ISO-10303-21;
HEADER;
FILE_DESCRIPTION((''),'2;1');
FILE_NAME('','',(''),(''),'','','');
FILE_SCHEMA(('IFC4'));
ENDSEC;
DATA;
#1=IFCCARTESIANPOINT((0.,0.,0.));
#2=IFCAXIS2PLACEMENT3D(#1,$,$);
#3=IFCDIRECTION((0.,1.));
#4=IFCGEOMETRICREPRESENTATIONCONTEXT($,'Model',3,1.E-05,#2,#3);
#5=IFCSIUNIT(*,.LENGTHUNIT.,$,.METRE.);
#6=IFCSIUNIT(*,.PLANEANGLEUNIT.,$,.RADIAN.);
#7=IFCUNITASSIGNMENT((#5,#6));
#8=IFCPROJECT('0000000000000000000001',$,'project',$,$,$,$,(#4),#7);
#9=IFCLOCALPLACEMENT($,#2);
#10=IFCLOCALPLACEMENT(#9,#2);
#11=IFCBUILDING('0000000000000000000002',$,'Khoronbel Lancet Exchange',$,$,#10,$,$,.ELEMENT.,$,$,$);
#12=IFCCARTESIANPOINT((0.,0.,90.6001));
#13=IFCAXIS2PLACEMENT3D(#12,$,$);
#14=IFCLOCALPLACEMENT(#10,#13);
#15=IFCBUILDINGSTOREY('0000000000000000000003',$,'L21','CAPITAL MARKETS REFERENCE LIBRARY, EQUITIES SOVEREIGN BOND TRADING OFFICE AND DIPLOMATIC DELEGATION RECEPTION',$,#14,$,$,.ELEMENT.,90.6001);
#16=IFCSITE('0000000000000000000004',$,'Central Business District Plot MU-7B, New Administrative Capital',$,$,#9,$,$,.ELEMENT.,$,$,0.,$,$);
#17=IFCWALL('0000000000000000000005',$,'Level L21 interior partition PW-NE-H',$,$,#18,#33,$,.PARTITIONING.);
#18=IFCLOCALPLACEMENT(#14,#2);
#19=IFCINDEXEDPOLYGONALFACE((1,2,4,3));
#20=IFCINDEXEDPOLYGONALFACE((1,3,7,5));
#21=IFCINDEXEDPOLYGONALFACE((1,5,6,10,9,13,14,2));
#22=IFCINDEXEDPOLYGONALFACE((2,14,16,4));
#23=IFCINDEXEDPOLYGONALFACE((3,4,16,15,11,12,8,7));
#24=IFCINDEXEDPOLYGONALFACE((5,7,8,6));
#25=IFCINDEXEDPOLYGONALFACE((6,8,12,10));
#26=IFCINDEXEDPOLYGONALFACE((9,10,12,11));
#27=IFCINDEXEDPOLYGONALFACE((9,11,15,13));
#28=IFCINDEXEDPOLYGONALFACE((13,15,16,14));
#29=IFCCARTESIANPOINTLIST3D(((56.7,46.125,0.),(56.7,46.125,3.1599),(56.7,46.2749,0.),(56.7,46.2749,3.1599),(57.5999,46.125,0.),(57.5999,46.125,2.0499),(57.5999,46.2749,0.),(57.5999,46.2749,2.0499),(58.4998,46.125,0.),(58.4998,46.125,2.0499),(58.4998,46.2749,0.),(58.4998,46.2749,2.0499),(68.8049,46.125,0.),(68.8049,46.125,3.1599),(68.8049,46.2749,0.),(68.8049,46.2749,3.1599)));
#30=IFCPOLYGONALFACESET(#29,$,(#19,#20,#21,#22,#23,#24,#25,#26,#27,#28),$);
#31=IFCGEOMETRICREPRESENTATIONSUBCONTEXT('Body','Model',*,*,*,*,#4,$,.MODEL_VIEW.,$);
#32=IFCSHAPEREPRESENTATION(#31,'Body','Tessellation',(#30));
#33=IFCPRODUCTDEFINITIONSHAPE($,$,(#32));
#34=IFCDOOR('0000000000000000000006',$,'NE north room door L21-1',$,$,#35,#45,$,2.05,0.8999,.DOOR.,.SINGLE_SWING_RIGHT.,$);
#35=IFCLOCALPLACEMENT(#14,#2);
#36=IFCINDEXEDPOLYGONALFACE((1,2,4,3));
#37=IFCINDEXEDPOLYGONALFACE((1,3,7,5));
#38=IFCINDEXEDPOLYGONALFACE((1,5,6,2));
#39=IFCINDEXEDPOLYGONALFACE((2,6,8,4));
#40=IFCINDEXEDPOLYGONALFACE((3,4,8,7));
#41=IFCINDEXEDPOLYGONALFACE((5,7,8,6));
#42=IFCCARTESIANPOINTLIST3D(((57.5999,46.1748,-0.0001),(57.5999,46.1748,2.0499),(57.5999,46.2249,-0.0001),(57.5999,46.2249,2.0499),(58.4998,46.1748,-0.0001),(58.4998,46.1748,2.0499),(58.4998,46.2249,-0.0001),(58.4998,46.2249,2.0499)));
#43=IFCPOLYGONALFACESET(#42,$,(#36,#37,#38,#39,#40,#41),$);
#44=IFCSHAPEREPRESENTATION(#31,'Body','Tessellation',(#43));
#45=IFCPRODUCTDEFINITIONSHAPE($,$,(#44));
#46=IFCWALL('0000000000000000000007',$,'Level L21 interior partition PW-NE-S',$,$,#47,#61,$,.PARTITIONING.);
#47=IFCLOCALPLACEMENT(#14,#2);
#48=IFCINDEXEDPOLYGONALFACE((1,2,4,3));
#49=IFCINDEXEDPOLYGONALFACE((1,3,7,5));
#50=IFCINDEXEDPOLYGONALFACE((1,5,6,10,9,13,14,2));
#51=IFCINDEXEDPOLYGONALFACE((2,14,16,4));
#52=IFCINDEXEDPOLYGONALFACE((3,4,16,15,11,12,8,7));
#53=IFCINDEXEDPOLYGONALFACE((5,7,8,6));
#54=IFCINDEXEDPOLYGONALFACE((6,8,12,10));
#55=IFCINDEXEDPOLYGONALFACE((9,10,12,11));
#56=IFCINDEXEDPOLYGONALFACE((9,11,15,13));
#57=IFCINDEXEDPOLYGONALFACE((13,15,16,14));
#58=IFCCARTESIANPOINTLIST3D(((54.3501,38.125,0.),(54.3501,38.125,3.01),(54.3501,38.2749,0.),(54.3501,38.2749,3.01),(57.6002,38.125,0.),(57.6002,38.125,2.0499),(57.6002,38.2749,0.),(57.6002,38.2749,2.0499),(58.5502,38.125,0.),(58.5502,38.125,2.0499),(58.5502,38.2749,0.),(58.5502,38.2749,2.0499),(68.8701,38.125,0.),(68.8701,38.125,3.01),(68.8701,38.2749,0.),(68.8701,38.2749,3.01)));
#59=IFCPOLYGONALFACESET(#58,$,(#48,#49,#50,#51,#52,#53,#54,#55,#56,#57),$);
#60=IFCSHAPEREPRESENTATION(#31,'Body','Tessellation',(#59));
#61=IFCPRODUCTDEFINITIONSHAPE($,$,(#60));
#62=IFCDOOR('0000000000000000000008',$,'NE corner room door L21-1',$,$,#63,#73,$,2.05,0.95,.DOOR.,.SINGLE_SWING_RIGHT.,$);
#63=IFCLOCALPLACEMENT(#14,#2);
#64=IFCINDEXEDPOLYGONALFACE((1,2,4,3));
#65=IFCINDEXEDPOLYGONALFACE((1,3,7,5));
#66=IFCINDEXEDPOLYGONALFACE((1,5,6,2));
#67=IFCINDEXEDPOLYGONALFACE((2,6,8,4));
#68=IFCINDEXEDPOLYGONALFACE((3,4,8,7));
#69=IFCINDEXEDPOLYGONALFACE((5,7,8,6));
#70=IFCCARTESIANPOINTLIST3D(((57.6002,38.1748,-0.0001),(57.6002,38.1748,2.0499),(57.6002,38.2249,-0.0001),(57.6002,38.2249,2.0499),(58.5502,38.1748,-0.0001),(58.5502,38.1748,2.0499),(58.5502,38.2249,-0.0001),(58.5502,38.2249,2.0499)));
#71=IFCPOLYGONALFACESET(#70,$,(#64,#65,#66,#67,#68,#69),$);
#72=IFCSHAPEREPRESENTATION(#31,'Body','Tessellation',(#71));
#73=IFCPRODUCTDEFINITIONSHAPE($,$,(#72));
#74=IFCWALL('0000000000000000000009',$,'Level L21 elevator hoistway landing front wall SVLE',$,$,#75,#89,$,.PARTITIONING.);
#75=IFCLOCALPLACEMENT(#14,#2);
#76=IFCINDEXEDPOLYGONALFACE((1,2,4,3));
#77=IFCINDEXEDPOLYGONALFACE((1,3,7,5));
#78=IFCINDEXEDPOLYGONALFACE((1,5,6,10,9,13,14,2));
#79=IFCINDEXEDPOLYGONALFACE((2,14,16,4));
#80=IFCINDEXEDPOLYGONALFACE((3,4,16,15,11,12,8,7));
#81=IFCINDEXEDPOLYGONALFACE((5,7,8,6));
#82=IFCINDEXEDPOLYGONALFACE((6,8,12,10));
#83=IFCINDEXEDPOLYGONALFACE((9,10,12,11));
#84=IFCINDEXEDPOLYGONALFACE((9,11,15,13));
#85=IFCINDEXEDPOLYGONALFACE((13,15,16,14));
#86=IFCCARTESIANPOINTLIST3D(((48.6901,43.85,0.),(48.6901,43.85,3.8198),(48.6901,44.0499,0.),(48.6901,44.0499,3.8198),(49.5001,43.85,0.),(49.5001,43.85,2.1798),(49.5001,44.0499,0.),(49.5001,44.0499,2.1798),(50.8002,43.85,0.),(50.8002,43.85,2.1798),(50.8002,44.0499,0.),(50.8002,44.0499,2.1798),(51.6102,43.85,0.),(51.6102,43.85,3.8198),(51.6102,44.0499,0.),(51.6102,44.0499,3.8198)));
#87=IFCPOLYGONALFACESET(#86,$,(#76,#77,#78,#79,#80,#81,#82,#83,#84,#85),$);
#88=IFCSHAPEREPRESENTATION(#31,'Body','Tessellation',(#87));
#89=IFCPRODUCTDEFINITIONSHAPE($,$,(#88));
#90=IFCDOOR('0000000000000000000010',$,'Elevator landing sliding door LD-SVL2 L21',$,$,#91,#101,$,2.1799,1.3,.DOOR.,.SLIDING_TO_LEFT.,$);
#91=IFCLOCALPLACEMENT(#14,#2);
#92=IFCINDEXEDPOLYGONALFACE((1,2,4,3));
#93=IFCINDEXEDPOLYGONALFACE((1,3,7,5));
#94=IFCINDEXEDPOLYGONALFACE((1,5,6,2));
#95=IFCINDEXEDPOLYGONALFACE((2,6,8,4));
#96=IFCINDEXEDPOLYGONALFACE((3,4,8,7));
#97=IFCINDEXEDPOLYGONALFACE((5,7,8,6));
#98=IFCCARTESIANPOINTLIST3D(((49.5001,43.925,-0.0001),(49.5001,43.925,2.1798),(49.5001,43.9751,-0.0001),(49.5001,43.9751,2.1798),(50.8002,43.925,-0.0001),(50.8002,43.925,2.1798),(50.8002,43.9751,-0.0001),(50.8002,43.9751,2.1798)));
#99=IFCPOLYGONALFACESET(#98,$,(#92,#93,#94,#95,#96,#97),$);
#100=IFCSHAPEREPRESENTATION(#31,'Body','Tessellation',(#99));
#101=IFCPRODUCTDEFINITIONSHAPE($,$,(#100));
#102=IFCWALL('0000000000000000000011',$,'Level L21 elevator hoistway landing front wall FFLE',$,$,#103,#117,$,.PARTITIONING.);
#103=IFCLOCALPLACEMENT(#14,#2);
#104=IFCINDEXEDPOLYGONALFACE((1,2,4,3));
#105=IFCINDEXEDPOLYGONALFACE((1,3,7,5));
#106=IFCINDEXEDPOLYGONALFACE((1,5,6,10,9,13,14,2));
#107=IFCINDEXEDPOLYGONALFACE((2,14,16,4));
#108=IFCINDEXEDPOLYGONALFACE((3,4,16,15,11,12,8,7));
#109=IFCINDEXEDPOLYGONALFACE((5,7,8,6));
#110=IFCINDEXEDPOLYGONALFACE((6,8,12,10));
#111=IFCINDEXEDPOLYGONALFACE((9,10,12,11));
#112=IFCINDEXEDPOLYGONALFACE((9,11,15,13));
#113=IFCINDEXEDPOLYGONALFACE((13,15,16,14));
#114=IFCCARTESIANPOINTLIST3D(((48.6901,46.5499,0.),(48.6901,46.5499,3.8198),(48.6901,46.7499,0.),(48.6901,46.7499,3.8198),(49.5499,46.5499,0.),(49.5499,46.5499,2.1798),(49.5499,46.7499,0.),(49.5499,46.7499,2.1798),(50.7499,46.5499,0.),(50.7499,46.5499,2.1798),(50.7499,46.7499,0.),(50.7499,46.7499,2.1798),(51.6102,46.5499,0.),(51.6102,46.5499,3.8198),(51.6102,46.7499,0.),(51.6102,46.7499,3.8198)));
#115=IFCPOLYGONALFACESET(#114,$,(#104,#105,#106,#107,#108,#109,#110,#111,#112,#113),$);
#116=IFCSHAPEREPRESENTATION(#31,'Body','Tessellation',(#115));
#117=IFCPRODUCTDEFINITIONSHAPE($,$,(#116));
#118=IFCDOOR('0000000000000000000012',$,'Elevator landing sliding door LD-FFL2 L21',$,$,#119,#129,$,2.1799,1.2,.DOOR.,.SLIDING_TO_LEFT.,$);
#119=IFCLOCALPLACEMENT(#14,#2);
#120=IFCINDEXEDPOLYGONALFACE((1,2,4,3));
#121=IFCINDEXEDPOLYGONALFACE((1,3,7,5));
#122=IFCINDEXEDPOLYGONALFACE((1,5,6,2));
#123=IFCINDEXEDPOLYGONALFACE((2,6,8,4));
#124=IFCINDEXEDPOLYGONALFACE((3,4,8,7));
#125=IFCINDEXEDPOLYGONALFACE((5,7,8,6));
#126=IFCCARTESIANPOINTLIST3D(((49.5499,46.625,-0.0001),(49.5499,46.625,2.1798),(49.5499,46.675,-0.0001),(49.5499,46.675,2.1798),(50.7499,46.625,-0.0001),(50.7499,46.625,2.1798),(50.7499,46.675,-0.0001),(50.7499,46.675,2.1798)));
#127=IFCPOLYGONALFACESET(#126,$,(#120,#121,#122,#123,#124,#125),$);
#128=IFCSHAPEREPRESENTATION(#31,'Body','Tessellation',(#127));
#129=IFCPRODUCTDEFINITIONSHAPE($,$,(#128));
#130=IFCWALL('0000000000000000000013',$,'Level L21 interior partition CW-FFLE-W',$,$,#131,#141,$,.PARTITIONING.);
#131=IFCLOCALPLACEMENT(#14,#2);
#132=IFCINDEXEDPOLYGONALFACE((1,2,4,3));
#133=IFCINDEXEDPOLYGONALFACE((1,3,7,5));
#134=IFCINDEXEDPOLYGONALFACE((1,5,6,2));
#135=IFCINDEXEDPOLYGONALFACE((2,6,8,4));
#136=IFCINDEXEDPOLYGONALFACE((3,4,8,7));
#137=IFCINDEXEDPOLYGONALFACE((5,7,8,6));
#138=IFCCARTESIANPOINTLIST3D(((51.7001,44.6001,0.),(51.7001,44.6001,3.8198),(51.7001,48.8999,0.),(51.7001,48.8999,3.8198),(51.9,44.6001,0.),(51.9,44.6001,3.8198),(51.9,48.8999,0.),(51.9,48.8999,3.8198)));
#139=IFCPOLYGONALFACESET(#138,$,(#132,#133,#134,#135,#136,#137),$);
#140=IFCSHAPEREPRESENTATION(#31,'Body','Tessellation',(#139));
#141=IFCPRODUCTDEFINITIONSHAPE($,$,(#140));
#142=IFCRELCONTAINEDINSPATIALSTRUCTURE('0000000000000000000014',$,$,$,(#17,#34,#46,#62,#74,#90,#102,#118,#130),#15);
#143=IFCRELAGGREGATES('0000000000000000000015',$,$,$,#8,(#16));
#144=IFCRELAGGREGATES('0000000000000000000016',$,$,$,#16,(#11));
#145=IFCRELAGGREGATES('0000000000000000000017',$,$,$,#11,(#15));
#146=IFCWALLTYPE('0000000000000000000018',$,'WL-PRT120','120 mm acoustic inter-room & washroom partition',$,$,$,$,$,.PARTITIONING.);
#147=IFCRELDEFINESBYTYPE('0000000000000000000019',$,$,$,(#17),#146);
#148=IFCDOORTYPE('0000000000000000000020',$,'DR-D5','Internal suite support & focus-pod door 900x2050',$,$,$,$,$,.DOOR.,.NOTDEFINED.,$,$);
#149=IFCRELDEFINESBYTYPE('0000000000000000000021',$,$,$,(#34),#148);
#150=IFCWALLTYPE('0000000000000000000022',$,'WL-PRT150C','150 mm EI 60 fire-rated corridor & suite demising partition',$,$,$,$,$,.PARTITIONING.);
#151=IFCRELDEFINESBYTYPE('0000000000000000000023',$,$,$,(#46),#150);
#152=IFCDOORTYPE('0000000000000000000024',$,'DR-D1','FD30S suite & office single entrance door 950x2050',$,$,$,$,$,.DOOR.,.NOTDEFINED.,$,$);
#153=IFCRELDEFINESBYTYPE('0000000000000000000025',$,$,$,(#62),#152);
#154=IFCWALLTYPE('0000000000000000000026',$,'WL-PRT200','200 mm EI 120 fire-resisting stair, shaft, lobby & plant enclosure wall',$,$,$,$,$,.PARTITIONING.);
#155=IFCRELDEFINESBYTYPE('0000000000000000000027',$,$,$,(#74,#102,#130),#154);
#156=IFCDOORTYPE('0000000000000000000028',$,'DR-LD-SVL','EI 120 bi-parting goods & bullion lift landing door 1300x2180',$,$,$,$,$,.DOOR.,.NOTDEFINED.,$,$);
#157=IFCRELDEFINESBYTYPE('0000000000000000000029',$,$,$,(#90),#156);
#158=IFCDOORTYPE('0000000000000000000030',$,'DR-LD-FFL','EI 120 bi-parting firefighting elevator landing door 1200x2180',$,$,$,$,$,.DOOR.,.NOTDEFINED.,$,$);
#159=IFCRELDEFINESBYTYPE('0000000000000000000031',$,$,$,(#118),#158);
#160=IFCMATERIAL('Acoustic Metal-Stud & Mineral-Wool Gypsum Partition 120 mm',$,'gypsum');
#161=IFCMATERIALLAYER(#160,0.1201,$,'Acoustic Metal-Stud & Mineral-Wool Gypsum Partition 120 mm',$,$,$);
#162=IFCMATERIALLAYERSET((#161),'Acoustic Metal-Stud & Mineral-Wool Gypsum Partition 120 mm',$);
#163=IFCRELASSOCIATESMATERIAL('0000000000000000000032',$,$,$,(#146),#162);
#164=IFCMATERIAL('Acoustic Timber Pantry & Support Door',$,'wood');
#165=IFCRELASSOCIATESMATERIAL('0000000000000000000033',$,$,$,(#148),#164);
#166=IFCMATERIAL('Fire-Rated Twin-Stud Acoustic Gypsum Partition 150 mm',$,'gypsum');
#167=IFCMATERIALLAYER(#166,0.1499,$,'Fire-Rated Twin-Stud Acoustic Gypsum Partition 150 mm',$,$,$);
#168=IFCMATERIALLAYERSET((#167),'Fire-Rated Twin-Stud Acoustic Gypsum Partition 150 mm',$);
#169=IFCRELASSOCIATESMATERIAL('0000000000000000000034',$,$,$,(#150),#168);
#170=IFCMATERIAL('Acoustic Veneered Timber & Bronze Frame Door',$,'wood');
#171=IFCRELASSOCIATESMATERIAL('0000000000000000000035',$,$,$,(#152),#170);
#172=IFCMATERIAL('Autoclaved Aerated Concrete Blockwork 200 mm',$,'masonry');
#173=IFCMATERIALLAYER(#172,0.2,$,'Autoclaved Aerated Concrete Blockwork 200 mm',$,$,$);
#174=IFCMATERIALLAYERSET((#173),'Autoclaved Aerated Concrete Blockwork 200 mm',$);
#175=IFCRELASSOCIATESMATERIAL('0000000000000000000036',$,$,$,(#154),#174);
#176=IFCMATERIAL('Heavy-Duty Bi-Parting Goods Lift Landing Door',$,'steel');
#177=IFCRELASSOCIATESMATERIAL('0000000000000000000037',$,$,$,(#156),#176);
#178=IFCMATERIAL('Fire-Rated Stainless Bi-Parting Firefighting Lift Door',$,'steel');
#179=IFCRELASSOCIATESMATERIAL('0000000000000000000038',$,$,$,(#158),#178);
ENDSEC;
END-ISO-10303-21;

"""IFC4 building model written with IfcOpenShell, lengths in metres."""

from ifc_helpers import new_model, si_unit, direction, frame, frame_2d, origin, place, context, subcontext, project, spatial, rectangle, extrude, material, layer, layer_set, type_object, element, fill, save


model = new_model("IFC4")

# Units and contexts
model_context = context("Model", 3, precision=1e-05, world=origin(), true_north=direction((0.0, 1.0)))
body_context = subcontext(model_context, "Body", "Model", "MODEL_VIEW")
ifc_project = project(units=[si_unit("LENGTHUNIT", "METRE"), si_unit("PLANEANGLEUNIT", "RADIAN")], contexts=[model_context])

# Site, building, storey
site_placement = place(None, origin())
site = spatial("IfcSite", under=ifc_project, at=site_placement, Name="Central Business District Plot MU-7B, New Administrative Capital", CompositionType="ELEMENT", RefElevation=0.0)
building_placement = place(site_placement, origin())
building = spatial("IfcBuilding", under=site, at=building_placement, Name="Khoronbel Lancet Exchange", CompositionType="ELEMENT")
storey_placement = place(building_placement, frame((0.0, 0.0, 90.6001)))
storey = spatial("IfcBuildingStorey", under=building, at=storey_placement, Name="L21", Description="CAPITAL MARKETS REFERENCE LIBRARY, EQUITIES SOVEREIGN BOND TRADING OFFICE AND DIPLOMATIC DELEGATION RECEPTION", CompositionType="ELEMENT", Elevation=90.6001)

# Shared definitions
ifc_material_1 = material(Name="Acoustic Metal-Stud & Mineral-Wool Gypsum Partition 120 mm", Category="gypsum")
ifc_layer_1 = layer(ifc_material_1, 0.1201, Name="Acoustic Metal-Stud & Mineral-Wool Gypsum Partition 120 mm")
ifc_layer_set_1 = layer_set([ifc_layer_1], Name="Acoustic Metal-Stud & Mineral-Wool Gypsum Partition 120 mm")
wall_type_1 = type_object("IfcWallType", Name="WL-PRT120", Description="120 mm acoustic inter-room & washroom partition", PredefinedType="PARTITIONING", material=ifc_layer_set_1)

# Walls, openings, doors
wall_1_placement = place(storey_placement, frame((56.7, 46.2, 0.0), z_axis=(0.0, 0.0, 1.0), x_axis=(1.0, 0.0, 0.0)))
wall_1 = element("IfcWall", 1, at=wall_1_placement, inside=storey, type_object=wall_type_1, Name="Level L21 interior partition PW-NE-H", PredefinedType="PARTITIONING", context=body_context, shape_type="SweptSolid", body=[
    extrude(rectangle(XDim=12.105, YDim=0.1499, at=frame_2d((6.0525, 0.0))), origin(), (0.0, 0.0, 1.0), 3.1599),
])
opening_1_placement = place(wall_1_placement, frame((0.8999, 0.0, 0.0)))
opening_1 = element("IfcOpeningElement", 2, at=opening_1_placement, cuts=wall_1, PredefinedType="OPENING", context=body_context, shape_type="SweptSolid", body=[
    extrude(rectangle(XDim=0.8999, YDim=2.05, at=frame_2d((0.45, 1.0249))), frame((0.0, 0.085, 0.0), z_axis=(0.0, -1.0, 0.0), x_axis=(1.0, 0.0, 0.0)), (0.0, 0.0, 1.0), 0.1699),
])
ifc_material_2 = material(Name="Acoustic Timber Pantry & Support Door", Category="wood")
door_type_1 = type_object("IfcDoorType", Name="DR-D5", Description="Internal suite support & focus-pod door 900x2050", OperationType="NOTDEFINED", PredefinedType="DOOR", material=ifc_material_2)
door_1_placement = place(opening_1_placement, origin())
door_1 = element("IfcDoor", 3, at=door_1_placement, inside=storey, type_object=door_type_1, Name="NE north room door L21-1", OperationType="SINGLE_SWING_RIGHT", OverallHeight=2.05, OverallWidth=0.8999, PredefinedType="DOOR", context=body_context, shape_type="SweptSolid", body=[
    extrude(rectangle(XDim=0.8999, YDim=2.05, at=frame_2d((0.45, 1.0249))), frame((0.0, 0.0249, 0.0), z_axis=(0.0, -1.0, 0.0), x_axis=(1.0, 0.0, 0.0)), (0.0, 0.0, 1.0), 0.05),
])
fill(opening_1, door_1)
ifc_material_3 = material(Name="Fire-Rated Twin-Stud Acoustic Gypsum Partition 150 mm", Category="gypsum")
ifc_layer_2 = layer(ifc_material_3, 0.1499, Name="Fire-Rated Twin-Stud Acoustic Gypsum Partition 150 mm")
ifc_layer_set_2 = layer_set([ifc_layer_2], Name="Fire-Rated Twin-Stud Acoustic Gypsum Partition 150 mm")
wall_type_2 = type_object("IfcWallType", Name="WL-PRT150C", Description="150 mm EI 60 fire-rated corridor & suite demising partition", PredefinedType="PARTITIONING", material=ifc_layer_set_2)
wall_2_placement = place(storey_placement, frame((54.3501, 38.2, 0.0), z_axis=(0.0, 0.0, 1.0), x_axis=(1.0, 0.0, 0.0)))
wall_2 = element("IfcWall", 4, at=wall_2_placement, inside=storey, type_object=wall_type_2, Name="Level L21 interior partition PW-NE-S", PredefinedType="PARTITIONING", context=body_context, shape_type="SweptSolid", body=[
    extrude(rectangle(XDim=14.52, YDim=0.1499, at=frame_2d((7.26, 0.0))), origin(), (0.0, 0.0, 1.0), 3.01),
])
opening_2_placement = place(wall_2_placement, frame((3.25, 0.0, 0.0)))
opening_2 = element("IfcOpeningElement", 5, at=opening_2_placement, cuts=wall_2, PredefinedType="OPENING", context=body_context, shape_type="SweptSolid", body=[
    extrude(rectangle(XDim=0.95, YDim=2.05, at=frame_2d((0.4751, 1.0249))), frame((0.0, 0.085, 0.0), z_axis=(0.0, -1.0, 0.0), x_axis=(1.0, 0.0, 0.0)), (0.0, 0.0, 1.0), 0.1699),
])
ifc_material_4 = material(Name="Acoustic Veneered Timber & Bronze Frame Door", Category="wood")
door_type_2 = type_object("IfcDoorType", Name="DR-D1", Description="FD30S suite & office single entrance door 950x2050", OperationType="NOTDEFINED", PredefinedType="DOOR", material=ifc_material_4)
door_2_placement = place(opening_2_placement, origin())
door_2 = element("IfcDoor", 6, at=door_2_placement, inside=storey, type_object=door_type_2, Name="NE corner room door L21-1", OperationType="SINGLE_SWING_RIGHT", OverallHeight=2.05, OverallWidth=0.95, PredefinedType="DOOR", context=body_context, shape_type="SweptSolid", body=[
    extrude(rectangle(XDim=0.95, YDim=2.05, at=frame_2d((0.4751, 1.0249))), frame((0.0, 0.0249, 0.0), z_axis=(0.0, -1.0, 0.0), x_axis=(1.0, 0.0, 0.0)), (0.0, 0.0, 1.0), 0.05),
])
fill(opening_2, door_2)
ifc_material_5 = material(Name="Autoclaved Aerated Concrete Blockwork 200 mm", Category="masonry")
ifc_layer_3 = layer(ifc_material_5, 0.2, Name="Autoclaved Aerated Concrete Blockwork 200 mm")
ifc_layer_set_3 = layer_set([ifc_layer_3], Name="Autoclaved Aerated Concrete Blockwork 200 mm")
wall_type_3 = type_object("IfcWallType", Name="WL-PRT200", Description="200 mm EI 120 fire-resisting stair, shaft, lobby & plant enclosure wall", PredefinedType="PARTITIONING", material=ifc_layer_set_3)
wall_3_placement = place(storey_placement, frame((51.6101, 43.95, 0.0), z_axis=(0.0, 0.0, 1.0), x_axis=(-1.0, 0.0, 0.0)))
wall_3 = element("IfcWall", 7, at=wall_3_placement, inside=storey, type_object=wall_type_3, Name="Level L21 elevator hoistway landing front wall SVLE", PredefinedType="PARTITIONING", context=body_context, shape_type="SweptSolid", body=[
    extrude(rectangle(XDim=2.9202, YDim=0.2, at=frame_2d((1.46, 0.0))), origin(), (0.0, 0.0, 1.0), 3.8198),
])
opening_3_placement = place(wall_3_placement, frame((0.8101, 0.0, 0.0)))
opening_3 = element("IfcOpeningElement", 8, at=opening_3_placement, cuts=wall_3, PredefinedType="OPENING", context=body_context, shape_type="SweptSolid", body=[
    extrude(rectangle(XDim=1.3, YDim=2.1799, at=frame_2d((0.6499, 1.0898))), frame((0.0, 0.1099, 0.0), z_axis=(0.0, -1.0, 0.0), x_axis=(1.0, 0.0, 0.0)), (0.0, 0.0, 1.0), 0.22),
])
ifc_material_6 = material(Name="Heavy-Duty Bi-Parting Goods Lift Landing Door", Category="steel")
door_type_3 = type_object("IfcDoorType", Name="DR-LD-SVL", Description="EI 120 bi-parting goods & bullion lift landing door 1300x2180", OperationType="NOTDEFINED", PredefinedType="DOOR", material=ifc_material_6)
door_3_placement = place(opening_3_placement, origin())
door_3 = element("IfcDoor", 9, at=door_3_placement, inside=storey, type_object=door_type_3, Name="Elevator landing sliding door LD-SVL2 L21", OperationType="SLIDING_TO_LEFT", OverallHeight=2.1799, OverallWidth=1.3, PredefinedType="DOOR", context=body_context, shape_type="SweptSolid", body=[
    extrude(rectangle(XDim=1.3, YDim=2.1799, at=frame_2d((0.6499, 1.0898))), frame((0.0, 0.0249, 0.0), z_axis=(0.0, -1.0, 0.0), x_axis=(1.0, 0.0, 0.0)), (0.0, 0.0, 1.0), 0.05),
])
fill(opening_3, door_3)
wall_4_placement = place(storey_placement, frame((51.6101, 46.6499, 0.0), z_axis=(0.0, 0.0, 1.0), x_axis=(-1.0, 0.0, 0.0)))
wall_4 = element("IfcWall", 10, at=wall_4_placement, inside=storey, type_object=wall_type_3, Name="Level L21 elevator hoistway landing front wall FFLE", PredefinedType="PARTITIONING", context=body_context, shape_type="SweptSolid", body=[
    extrude(rectangle(XDim=2.9202, YDim=0.2, at=frame_2d((1.46, 0.0))), origin(), (0.0, 0.0, 1.0), 3.8198),
])
opening_4_placement = place(wall_4_placement, frame((0.8601, 0.0, 0.0)))
opening_4 = element("IfcOpeningElement", 11, at=opening_4_placement, cuts=wall_4, PredefinedType="OPENING", context=body_context, shape_type="SweptSolid", body=[
    extrude(rectangle(XDim=1.2, YDim=2.1799, at=frame_2d((0.6001, 1.0898))), frame((0.0, 0.1099, 0.0), z_axis=(0.0, -1.0, 0.0), x_axis=(1.0, 0.0, 0.0)), (0.0, 0.0, 1.0), 0.22),
])
ifc_material_7 = material(Name="Fire-Rated Stainless Bi-Parting Firefighting Lift Door", Category="steel")
door_type_4 = type_object("IfcDoorType", Name="DR-LD-FFL", Description="EI 120 bi-parting firefighting elevator landing door 1200x2180", OperationType="NOTDEFINED", PredefinedType="DOOR", material=ifc_material_7)
door_4_placement = place(opening_4_placement, origin())
door_4 = element("IfcDoor", 12, at=door_4_placement, inside=storey, type_object=door_type_4, Name="Elevator landing sliding door LD-FFL2 L21", OperationType="SLIDING_TO_LEFT", OverallHeight=2.1799, OverallWidth=1.2, PredefinedType="DOOR", context=body_context, shape_type="SweptSolid", body=[
    extrude(rectangle(XDim=1.2, YDim=2.1799, at=frame_2d((0.6001, 1.0898))), frame((0.0, 0.0249, 0.0), z_axis=(0.0, -1.0, 0.0), x_axis=(1.0, 0.0, 0.0)), (0.0, 0.0, 1.0), 0.05),
])
fill(opening_4, door_4)

# Wall
wall_5_placement = place(storey_placement, frame((51.8, 44.6001, 0.0), z_axis=(0.0, 0.0, 1.0), x_axis=(0.0, 1.0, 0.0)))
element("IfcWall", 13, at=wall_5_placement, inside=storey, type_object=wall_type_3, Name="Level L21 interior partition CW-FFLE-W", PredefinedType="PARTITIONING", context=body_context, shape_type="SweptSolid", body=[
    extrude(rectangle(XDim=4.2998, YDim=0.2, at=frame_2d((2.1499, 0.0))), origin(), (0.0, 0.0, 1.0), 3.8198),
])

save(model, "model.ifc")
